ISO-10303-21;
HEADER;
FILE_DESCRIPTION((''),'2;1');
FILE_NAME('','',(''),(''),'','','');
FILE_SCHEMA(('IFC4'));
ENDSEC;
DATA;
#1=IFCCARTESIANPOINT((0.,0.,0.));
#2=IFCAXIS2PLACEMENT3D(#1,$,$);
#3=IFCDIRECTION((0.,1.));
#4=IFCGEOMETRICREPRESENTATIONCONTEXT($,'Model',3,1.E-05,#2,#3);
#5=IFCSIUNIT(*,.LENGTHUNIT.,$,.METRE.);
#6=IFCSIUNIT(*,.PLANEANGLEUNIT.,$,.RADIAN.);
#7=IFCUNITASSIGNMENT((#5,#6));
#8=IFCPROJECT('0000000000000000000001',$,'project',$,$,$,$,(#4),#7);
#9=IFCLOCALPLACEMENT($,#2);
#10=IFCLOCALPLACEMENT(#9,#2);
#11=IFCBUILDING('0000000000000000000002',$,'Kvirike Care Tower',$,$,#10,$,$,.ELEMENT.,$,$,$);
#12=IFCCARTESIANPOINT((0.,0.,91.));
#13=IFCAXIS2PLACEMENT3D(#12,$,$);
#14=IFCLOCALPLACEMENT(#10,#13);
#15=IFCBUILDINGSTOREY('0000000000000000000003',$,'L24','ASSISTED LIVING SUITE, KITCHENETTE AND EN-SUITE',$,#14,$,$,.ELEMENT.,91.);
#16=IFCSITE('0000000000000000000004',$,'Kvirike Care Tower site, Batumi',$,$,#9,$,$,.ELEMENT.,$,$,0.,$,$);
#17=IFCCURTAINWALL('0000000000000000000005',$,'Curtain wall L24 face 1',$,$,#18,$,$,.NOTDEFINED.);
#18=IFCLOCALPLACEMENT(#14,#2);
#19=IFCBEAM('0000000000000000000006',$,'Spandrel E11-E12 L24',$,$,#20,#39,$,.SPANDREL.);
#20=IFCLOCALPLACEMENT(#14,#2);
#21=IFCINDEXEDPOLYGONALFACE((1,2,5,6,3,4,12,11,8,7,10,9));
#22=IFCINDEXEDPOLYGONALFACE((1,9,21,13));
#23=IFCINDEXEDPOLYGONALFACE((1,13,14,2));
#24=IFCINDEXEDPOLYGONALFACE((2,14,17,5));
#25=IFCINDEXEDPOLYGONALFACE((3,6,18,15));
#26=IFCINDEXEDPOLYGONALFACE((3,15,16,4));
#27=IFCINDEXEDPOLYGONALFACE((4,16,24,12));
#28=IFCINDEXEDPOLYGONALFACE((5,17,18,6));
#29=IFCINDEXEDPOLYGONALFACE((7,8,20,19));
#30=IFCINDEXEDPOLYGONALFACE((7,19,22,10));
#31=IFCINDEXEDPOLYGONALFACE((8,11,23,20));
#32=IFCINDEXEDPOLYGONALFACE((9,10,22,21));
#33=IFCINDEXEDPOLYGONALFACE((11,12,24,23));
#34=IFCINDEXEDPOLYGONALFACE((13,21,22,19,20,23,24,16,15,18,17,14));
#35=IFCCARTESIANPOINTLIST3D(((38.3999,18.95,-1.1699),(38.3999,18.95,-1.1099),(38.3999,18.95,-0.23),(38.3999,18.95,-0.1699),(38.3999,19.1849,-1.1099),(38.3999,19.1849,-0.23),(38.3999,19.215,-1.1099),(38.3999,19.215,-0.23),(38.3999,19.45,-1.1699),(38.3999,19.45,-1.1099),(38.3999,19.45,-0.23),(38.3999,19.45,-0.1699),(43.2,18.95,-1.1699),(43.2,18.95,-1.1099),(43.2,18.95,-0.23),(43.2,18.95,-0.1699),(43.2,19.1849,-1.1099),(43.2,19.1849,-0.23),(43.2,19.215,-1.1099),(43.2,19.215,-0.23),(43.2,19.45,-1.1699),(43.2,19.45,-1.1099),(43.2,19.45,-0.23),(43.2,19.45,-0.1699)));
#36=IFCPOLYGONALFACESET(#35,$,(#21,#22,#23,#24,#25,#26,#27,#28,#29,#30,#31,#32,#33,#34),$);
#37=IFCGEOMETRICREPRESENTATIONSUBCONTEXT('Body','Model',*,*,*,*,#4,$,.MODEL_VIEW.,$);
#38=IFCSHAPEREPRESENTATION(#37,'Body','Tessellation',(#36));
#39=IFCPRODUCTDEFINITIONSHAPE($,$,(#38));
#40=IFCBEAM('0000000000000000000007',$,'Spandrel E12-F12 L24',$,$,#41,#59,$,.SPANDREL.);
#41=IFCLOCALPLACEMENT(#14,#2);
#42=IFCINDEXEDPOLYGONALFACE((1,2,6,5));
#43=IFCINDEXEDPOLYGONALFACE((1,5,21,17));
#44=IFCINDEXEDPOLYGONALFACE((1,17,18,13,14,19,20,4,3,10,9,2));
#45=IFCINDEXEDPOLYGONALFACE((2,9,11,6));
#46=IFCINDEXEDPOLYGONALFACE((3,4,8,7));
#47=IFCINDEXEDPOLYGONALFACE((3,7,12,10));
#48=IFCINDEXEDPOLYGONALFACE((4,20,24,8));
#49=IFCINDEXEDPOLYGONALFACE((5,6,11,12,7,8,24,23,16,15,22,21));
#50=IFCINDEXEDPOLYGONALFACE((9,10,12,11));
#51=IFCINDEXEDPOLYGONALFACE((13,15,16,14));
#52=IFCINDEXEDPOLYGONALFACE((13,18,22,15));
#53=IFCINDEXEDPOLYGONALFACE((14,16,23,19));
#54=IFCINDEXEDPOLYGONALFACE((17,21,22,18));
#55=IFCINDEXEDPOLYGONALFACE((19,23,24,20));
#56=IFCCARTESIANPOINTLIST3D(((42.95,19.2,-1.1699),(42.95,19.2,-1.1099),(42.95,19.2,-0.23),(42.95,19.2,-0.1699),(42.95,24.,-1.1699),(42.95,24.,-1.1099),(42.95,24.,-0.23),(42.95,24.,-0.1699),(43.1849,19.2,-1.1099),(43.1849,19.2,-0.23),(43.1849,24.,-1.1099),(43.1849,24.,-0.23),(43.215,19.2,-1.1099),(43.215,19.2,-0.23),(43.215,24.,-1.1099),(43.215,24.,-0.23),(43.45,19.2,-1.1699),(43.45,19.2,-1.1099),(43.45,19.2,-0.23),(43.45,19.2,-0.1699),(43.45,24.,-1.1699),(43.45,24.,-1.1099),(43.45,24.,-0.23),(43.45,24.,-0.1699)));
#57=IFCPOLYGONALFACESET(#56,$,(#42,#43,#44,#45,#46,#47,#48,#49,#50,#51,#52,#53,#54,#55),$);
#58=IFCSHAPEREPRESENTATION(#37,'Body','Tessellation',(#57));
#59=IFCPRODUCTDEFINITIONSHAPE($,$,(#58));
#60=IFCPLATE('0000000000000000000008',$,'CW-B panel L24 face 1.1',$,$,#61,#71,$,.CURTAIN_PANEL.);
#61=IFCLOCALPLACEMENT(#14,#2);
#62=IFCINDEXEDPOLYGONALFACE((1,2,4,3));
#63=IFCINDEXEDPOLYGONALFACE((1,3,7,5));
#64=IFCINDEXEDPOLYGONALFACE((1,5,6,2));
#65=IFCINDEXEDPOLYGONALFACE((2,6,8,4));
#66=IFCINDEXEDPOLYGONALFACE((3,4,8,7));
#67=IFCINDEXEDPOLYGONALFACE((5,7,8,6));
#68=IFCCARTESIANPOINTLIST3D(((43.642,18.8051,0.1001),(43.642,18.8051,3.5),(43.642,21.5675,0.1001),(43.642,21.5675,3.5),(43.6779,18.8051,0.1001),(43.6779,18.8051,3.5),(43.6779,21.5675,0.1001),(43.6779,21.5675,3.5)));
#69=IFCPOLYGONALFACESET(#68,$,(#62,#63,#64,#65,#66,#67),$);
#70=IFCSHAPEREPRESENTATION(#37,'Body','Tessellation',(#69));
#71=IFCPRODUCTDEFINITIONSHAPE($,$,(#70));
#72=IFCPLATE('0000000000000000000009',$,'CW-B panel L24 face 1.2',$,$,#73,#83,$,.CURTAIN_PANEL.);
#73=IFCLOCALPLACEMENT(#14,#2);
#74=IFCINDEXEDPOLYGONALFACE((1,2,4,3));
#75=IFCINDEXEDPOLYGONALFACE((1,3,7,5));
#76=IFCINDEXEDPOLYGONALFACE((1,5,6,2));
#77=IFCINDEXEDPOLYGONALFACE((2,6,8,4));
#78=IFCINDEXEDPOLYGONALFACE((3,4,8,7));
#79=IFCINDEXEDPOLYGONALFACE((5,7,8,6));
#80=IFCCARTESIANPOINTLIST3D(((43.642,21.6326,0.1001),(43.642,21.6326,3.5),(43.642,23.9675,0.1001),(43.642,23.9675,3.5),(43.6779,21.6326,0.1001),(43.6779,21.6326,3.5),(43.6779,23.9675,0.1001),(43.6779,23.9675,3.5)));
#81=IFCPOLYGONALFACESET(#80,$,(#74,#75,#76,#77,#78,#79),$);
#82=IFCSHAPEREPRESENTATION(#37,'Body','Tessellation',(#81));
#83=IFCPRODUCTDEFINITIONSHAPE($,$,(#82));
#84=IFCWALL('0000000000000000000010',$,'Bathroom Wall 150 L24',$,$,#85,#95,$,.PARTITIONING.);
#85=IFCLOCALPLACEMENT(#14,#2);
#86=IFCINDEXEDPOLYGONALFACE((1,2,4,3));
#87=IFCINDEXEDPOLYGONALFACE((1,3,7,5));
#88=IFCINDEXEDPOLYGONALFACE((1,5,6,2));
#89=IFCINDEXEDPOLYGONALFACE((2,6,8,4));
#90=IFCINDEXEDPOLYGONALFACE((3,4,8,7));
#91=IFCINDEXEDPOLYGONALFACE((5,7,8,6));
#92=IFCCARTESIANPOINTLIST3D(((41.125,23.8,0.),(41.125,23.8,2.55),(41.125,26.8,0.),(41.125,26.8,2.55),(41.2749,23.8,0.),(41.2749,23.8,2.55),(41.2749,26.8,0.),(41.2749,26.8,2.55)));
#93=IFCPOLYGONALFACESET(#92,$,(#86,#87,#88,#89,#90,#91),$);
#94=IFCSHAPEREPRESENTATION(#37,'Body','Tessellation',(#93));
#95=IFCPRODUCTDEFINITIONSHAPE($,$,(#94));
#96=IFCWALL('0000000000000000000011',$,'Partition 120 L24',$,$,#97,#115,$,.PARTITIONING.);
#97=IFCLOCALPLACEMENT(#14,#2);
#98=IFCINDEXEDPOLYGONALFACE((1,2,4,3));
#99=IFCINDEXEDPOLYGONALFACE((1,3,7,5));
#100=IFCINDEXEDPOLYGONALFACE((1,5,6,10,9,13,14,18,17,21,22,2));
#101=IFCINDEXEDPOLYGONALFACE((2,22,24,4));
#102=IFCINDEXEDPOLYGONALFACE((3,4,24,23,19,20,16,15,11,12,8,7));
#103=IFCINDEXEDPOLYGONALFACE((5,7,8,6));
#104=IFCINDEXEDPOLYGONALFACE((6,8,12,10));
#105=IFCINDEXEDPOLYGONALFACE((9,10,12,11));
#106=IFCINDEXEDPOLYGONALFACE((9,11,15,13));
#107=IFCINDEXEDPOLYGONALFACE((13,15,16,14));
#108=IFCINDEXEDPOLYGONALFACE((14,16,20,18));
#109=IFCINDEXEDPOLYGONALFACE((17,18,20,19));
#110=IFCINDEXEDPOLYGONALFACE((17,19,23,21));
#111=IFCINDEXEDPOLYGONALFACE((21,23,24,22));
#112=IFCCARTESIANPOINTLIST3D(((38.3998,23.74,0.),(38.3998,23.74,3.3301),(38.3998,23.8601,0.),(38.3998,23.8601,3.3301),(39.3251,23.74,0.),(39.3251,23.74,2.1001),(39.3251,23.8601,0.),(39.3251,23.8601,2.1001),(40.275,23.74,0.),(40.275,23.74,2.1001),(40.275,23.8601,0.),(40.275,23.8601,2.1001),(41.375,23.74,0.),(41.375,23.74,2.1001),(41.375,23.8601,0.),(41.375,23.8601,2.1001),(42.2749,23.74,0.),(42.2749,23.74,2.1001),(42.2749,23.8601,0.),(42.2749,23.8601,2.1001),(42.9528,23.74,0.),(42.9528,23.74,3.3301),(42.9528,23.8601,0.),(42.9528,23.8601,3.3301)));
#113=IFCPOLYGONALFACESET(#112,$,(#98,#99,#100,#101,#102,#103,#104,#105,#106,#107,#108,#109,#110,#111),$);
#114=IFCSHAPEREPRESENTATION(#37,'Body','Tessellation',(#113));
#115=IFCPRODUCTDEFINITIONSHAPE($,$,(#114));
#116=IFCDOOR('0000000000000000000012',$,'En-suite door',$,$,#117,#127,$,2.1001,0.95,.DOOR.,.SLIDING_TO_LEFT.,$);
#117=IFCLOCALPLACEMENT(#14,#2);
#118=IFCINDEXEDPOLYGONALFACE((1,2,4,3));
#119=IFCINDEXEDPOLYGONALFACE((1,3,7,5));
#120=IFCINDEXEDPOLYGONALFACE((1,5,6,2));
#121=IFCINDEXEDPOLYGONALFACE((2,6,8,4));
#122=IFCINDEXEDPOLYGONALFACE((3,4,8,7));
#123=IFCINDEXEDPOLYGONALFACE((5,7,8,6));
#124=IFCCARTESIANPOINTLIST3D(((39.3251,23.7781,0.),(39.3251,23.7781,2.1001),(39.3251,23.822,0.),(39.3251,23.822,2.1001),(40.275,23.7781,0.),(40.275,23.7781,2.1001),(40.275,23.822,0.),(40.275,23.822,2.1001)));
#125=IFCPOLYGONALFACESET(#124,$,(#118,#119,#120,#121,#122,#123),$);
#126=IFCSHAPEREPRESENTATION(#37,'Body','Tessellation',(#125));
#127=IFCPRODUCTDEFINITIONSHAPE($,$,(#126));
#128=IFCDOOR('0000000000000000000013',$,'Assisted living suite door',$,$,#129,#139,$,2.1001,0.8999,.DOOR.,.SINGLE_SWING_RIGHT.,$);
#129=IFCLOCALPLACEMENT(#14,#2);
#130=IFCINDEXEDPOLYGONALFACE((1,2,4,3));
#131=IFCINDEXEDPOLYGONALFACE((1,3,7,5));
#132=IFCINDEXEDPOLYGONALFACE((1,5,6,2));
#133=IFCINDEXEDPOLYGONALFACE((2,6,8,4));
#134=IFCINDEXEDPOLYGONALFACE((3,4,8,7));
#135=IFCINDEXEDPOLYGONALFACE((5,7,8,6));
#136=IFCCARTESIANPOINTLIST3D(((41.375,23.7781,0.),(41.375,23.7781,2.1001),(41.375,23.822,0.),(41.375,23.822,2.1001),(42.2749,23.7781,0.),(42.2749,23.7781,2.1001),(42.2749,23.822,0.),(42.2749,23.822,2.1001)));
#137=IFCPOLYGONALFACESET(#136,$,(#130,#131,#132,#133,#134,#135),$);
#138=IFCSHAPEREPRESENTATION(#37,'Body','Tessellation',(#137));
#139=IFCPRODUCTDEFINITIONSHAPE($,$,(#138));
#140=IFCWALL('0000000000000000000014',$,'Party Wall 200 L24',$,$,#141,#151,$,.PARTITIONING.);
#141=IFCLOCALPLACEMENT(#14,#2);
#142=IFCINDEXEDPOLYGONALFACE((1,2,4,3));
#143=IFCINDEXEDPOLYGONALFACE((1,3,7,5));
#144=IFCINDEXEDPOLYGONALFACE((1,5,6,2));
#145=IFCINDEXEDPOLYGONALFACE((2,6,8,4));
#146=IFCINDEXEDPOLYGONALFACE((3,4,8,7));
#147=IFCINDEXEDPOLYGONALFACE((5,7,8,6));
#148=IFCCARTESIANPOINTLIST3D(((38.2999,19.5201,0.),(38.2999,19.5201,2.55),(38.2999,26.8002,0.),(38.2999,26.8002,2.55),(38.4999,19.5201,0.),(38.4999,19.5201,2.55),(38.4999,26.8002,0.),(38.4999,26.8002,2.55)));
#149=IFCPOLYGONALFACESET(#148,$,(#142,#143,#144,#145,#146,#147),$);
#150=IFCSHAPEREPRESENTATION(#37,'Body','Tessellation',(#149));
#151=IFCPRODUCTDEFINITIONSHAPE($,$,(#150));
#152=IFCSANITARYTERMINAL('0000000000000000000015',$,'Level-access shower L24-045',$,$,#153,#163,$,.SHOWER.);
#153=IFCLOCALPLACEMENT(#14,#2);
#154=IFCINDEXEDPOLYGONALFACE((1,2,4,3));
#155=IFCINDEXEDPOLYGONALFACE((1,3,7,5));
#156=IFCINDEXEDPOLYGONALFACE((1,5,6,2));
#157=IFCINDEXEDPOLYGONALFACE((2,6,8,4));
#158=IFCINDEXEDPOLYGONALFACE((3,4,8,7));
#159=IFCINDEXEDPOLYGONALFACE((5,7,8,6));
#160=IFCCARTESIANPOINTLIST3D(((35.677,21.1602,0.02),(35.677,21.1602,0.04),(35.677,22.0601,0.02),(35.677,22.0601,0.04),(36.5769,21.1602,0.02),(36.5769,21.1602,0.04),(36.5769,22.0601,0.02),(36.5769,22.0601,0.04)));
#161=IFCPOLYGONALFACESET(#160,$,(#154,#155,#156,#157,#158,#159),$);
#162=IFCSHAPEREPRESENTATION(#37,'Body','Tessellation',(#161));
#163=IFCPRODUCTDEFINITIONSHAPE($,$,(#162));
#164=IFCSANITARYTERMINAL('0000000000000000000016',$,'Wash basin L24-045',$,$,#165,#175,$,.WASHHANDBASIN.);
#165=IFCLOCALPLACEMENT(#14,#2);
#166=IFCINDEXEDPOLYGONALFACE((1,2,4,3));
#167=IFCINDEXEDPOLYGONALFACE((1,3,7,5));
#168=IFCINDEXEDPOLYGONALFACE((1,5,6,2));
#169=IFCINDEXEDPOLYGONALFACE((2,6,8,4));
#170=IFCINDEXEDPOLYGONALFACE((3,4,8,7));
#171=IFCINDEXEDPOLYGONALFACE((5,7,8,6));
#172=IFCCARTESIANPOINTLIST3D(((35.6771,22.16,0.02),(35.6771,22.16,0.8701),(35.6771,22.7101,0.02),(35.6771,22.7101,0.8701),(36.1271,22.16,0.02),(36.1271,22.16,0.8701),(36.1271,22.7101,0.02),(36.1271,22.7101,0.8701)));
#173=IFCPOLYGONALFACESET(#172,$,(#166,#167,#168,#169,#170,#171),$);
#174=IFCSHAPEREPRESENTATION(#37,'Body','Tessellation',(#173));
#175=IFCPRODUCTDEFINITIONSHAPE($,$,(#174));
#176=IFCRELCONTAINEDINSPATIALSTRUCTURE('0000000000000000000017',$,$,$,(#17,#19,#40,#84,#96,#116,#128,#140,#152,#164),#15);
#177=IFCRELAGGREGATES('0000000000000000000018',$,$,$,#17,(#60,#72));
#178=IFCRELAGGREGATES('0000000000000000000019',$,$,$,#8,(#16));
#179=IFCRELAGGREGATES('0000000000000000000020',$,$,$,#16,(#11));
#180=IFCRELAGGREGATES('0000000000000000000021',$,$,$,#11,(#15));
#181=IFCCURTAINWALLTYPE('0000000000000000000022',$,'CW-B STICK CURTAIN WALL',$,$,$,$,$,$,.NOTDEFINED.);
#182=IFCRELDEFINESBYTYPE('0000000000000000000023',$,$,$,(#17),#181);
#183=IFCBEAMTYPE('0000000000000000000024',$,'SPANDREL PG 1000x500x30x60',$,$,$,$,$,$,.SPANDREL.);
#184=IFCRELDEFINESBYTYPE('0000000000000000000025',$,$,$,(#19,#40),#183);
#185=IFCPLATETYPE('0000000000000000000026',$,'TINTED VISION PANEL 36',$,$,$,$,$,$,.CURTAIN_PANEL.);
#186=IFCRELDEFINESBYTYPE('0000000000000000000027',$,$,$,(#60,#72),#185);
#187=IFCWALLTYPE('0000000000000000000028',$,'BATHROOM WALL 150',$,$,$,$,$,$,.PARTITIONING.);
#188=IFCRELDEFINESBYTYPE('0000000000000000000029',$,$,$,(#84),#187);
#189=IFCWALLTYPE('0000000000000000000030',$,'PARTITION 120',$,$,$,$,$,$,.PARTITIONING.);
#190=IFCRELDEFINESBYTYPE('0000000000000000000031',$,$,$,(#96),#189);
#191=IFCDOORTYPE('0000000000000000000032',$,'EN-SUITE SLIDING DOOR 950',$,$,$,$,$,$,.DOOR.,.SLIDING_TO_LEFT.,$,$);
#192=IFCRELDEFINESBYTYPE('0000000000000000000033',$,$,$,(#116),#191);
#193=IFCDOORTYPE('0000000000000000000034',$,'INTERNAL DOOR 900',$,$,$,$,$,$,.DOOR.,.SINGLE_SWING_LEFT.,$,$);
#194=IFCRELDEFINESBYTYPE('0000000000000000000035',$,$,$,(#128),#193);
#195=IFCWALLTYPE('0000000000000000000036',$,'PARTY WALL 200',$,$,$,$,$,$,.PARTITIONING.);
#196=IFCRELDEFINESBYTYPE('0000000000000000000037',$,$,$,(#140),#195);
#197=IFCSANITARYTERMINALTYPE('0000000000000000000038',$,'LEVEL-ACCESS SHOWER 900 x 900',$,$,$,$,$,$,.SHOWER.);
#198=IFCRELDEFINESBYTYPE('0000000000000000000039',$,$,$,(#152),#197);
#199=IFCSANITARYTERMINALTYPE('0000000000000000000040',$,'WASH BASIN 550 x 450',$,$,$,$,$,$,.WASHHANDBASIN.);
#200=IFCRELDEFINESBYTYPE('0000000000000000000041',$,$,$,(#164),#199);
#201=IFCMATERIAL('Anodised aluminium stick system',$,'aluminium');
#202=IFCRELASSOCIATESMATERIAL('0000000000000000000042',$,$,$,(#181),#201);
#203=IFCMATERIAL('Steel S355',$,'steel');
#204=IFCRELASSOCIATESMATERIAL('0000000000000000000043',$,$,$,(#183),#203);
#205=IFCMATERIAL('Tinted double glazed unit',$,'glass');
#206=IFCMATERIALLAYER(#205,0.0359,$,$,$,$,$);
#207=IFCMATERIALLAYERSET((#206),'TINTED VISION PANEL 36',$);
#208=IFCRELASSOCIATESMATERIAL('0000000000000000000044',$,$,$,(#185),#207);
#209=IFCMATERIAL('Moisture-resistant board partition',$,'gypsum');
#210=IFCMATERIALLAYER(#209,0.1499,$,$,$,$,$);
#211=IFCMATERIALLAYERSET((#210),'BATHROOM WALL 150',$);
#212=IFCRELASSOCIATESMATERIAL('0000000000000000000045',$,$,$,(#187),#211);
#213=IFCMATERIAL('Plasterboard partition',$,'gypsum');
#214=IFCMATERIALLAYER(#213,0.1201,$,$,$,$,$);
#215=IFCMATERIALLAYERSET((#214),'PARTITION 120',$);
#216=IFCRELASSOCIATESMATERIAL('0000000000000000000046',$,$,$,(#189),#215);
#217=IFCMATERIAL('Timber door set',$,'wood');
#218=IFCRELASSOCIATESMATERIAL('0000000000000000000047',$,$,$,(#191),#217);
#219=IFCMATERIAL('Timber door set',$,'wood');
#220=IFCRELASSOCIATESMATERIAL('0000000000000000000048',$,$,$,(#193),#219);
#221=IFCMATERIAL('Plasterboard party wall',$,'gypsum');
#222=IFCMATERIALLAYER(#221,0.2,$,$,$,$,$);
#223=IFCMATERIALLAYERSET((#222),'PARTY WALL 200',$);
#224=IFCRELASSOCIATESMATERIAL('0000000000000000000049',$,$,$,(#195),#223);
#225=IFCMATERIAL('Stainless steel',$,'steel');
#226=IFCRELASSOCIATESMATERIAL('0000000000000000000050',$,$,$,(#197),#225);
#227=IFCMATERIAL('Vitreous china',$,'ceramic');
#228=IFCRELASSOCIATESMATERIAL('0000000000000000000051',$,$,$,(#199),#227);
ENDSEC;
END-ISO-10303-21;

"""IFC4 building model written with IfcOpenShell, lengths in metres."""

from ifc_helpers import new_model, si_unit, direction, frame, frame_2d, origin, origin_2d, place, context, subcontext, project, spatial, rectangle, i_section, extrude, material, layer, layer_set, material_profile, profile_set, type_object, element, fill, aggregate, save


model = new_model("IFC4")

# Units and contexts
model_context = context("Model", 3, precision=1e-05, world=origin(), true_north=direction((0.0, 1.0)))
body_context = subcontext(model_context, "Body", "Model", "MODEL_VIEW")
ifc_project = project(units=[si_unit("LENGTHUNIT", "METRE"), si_unit("PLANEANGLEUNIT", "RADIAN")], contexts=[model_context])

# Site, building, storey
site_placement = place(None, origin())
site = spatial("IfcSite", under=ifc_project, at=site_placement, Name="Kvirike Care Tower site, Batumi", CompositionType="ELEMENT", RefElevation=0.0)
building_placement = place(site_placement, origin())
building = spatial("IfcBuilding", under=site, at=building_placement, Name="Kvirike Care Tower", CompositionType="ELEMENT")
storey_placement = place(building_placement, frame((0.0, 0.0, 91.0)))
storey = spatial("IfcBuildingStorey", under=building, at=storey_placement, Name="L24", Description="ASSISTED LIVING SUITE, KITCHENETTE AND EN-SUITE", CompositionType="ELEMENT", Elevation=91.0)

# Curtain wall
ifc_material_1 = material(Name="Anodised aluminium stick system", Category="aluminium")
curtain_wall_type = type_object("IfcCurtainWallType", Name="CW-B STICK CURTAIN WALL", PredefinedType="NOTDEFINED", material=ifc_material_1)
curtain_wall_1_placement = place(storey_placement, origin())
curtain_wall_1 = element("IfcCurtainWall", 1, at=curtain_wall_1_placement, inside=storey, type_object=curtain_wall_type, Name="Curtain wall L24 face 1", PredefinedType="NOTDEFINED")

# Beams
ifc_material_2 = material(Name="Steel S355", Category="steel")
ifc_material_profile_1 = material_profile(ifc_material_2, i_section(OverallWidth=0.5, OverallDepth=1.0, WebThickness=0.03, FlangeThickness=0.0601, at=origin_2d()), Name="PG 1000x500x30x60")
ifc_profile_set_1 = profile_set([ifc_material_profile_1], Name="Steel S355")
beam_type = type_object("IfcBeamType", Name="SPANDREL PG 1000x500x30x60", PredefinedType="SPANDREL", material=ifc_profile_set_1)
for number, where, z_axis, x_axis, name in (
    (2, (38.3999, 19.2, -0.6699), (1.0, 0.0, 0.0), (0.0, 1.0, 0.0), "Spandrel E11-E12 L24"),
    (3, (43.2, 19.2, -0.6699), (0.0, 1.0, 0.0), (-1.0, 0.0, 0.0), "Spandrel E12-F12 L24"),
):
    element("IfcBeam", number, at=place(storey_placement, frame(where, z_axis=z_axis, x_axis=x_axis)), inside=storey, type_object=beam_type, Name=name, PredefinedType="SPANDREL", context=body_context, shape_type="SweptSolid", body=[
        extrude(i_section(OverallWidth=0.5, OverallDepth=1.0, WebThickness=0.03, FlangeThickness=0.0601, at=origin_2d()), origin(), (0.0, 0.0, 1.0), 4.8),
    ])

# Plates
ifc_material_3 = material(Name="Tinted double glazed unit", Category="glass")
ifc_layer_1 = layer(ifc_material_3, 0.0359)
ifc_layer_set_1 = layer_set([ifc_layer_1], Name="TINTED VISION PANEL 36")
plate_type = type_object("IfcPlateType", Name="TINTED VISION PANEL 36", PredefinedType="CURTAIN_PANEL", material=ifc_layer_set_1)
plate_1_placement = place(storey_placement, frame((43.6599, 20.1863, 0.1001), z_axis=(0.0, 0.0, 1.0), x_axis=(0.0, 1.0, 0.0)))
plate_1 = element("IfcPlate", 4, at=plate_1_placement, type_object=plate_type, Name="CW-B panel L24 face 1.1", PredefinedType="CURTAIN_PANEL", context=body_context, shape_type="SweptSolid", body=[
    extrude(rectangle(XDim=2.7625, YDim=0.0359, at=origin_2d()), origin(), (0.0, 0.0, 1.0), 3.3999),
])
plate_2_placement = place(storey_placement, frame((43.6599, 22.8, 0.1001), z_axis=(0.0, 0.0, 1.0), x_axis=(0.0, 1.0, 0.0)))
plate_2 = element("IfcPlate", 5, at=plate_2_placement, type_object=plate_type, Name="CW-B panel L24 face 1.2", PredefinedType="CURTAIN_PANEL", context=body_context, shape_type="SweptSolid", body=[
    extrude(rectangle(XDim=2.335, YDim=0.0359, at=origin_2d()), origin(), (0.0, 0.0, 1.0), 3.3999),
])
aggregate(curtain_wall_1, [plate_1, plate_2])

# Wall
ifc_material_4 = material(Name="Moisture-resistant board partition", Category="gypsum")
ifc_layer_2 = layer(ifc_material_4, 0.1499)
ifc_layer_set_2 = layer_set([ifc_layer_2], Name="BATHROOM WALL 150")
wall_type_1 = type_object("IfcWallType", Name="BATHROOM WALL 150", PredefinedType="PARTITIONING", material=ifc_layer_set_2)
wall_1_placement = place(storey_placement, frame((41.2, 23.8, 0.0), z_axis=(0.0, 0.0, 1.0), x_axis=(0.0, 1.0, 0.0)))
element("IfcWall", 6, at=wall_1_placement, inside=storey, type_object=wall_type_1, Name="Bathroom Wall 150 L24", PredefinedType="PARTITIONING", context=body_context, shape_type="SweptSolid", body=[
    extrude(rectangle(XDim=3.0, YDim=0.1499, at=frame_2d((1.5, 0.0))), origin(), (0.0, 0.0, 1.0), 2.55),
])

# Wall, openings, doors
ifc_material_5 = material(Name="Plasterboard partition", Category="gypsum")
ifc_layer_3 = layer(ifc_material_5, 0.1201)
ifc_layer_set_3 = layer_set([ifc_layer_3], Name="PARTITION 120")
wall_type_2 = type_object("IfcWallType", Name="PARTITION 120", PredefinedType="PARTITIONING", material=ifc_layer_set_3)
wall_2_placement = place(storey_placement, frame((38.3999, 23.8, 0.0), z_axis=(0.0, 0.0, 1.0), x_axis=(1.0, 0.0, 0.0)))
wall_2 = element("IfcWall", 7, at=wall_2_placement, inside=storey, type_object=wall_type_2, Name="Partition 120 L24", PredefinedType="PARTITIONING", context=body_context, shape_type="SweptSolid", body=[
    extrude(rectangle(XDim=4.553, YDim=0.1201, at=frame_2d((2.2764, 0.0))), origin(), (0.0, 0.0, 1.0), 3.3301),
])
opening_1_placement = place(wall_2_placement, frame((2.9751, 0.0, 0.0)))
opening_1 = element("IfcOpeningElement", 8, at=opening_1_placement, cuts=wall_2, PredefinedType="OPENING", context=body_context, shape_type="SweptSolid", body=[
    extrude(rectangle(XDim=0.8999, YDim=2.1001, at=frame_2d((0.45, 1.05))), frame((0.0, 0.0706, 0.0), z_axis=(0.0, -1.0, 0.0), x_axis=(1.0, 0.0, 0.0)), (0.0, 0.0, 1.0), 0.1411),
])
opening_2_placement = place(wall_2_placement, frame((0.925, 0.0, 0.0)))
opening_2 = element("IfcOpeningElement", 9, at=opening_2_placement, cuts=wall_2, PredefinedType="OPENING", context=body_context, shape_type="SweptSolid", body=[
    extrude(rectangle(XDim=0.95, YDim=2.1001, at=frame_2d((0.4751, 1.05))), frame((0.0, 0.0706, 0.0), z_axis=(0.0, -1.0, 0.0), x_axis=(1.0, 0.0, 0.0)), (0.0, 0.0, 1.0), 0.1411),
])
ifc_material_6 = material(Name="Timber door set", Category="wood")
door_type_1 = type_object("IfcDoorType", Name="EN-SUITE SLIDING DOOR 950", OperationType="SLIDING_TO_LEFT", PredefinedType="DOOR", material=ifc_material_6)
door_1_placement = place(opening_2_placement, origin())
door_1 = element("IfcDoor", 10, at=door_1_placement, inside=storey, type_object=door_type_1, Name="En-suite door", OperationType="SLIDING_TO_LEFT", OverallHeight=2.1001, OverallWidth=0.95, PredefinedType="DOOR", context=body_context, shape_type="SweptSolid", body=[
    extrude(rectangle(XDim=0.95, YDim=2.1001, at=frame_2d((0.4751, 1.05))), frame((0.0, 0.022, 0.0), z_axis=(0.0, -1.0, 0.0), x_axis=(1.0, 0.0, 0.0)), (0.0, 0.0, 1.0), 0.0439),
])
fill(opening_2, door_1)
ifc_material_7 = material(Name="Timber door set", Category="wood")
door_type_2 = type_object("IfcDoorType", Name="INTERNAL DOOR 900", OperationType="SINGLE_SWING_LEFT", PredefinedType="DOOR", material=ifc_material_7)
door_2_placement = place(opening_1_placement, origin())
door_2 = element("IfcDoor", 11, at=door_2_placement, inside=storey, type_object=door_type_2, Name="Assisted living suite door", OperationType="SINGLE_SWING_RIGHT", OverallHeight=2.1001, OverallWidth=0.8999, PredefinedType="DOOR", context=body_context, shape_type="SweptSolid", body=[
    extrude(rectangle(XDim=0.8999, YDim=2.1001, at=frame_2d((0.45, 1.05))), frame((0.0, 0.022, 0.0), z_axis=(0.0, -1.0, 0.0), x_axis=(1.0, 0.0, 0.0)), (0.0, 0.0, 1.0), 0.0439),
])
fill(opening_1, door_2)

# Wall
ifc_material_8 = material(Name="Plasterboard party wall", Category="gypsum")
ifc_layer_4 = layer(ifc_material_8, 0.2)
ifc_layer_set_4 = layer_set([ifc_layer_4], Name="PARTY WALL 200")
wall_type_3 = type_object("IfcWallType", Name="PARTY WALL 200", PredefinedType="PARTITIONING", material=ifc_layer_set_4)
wall_3_placement = place(storey_placement, frame((38.3999, 19.52, 0.0), z_axis=(0.0, 0.0, 1.0), x_axis=(0.0, 1.0, 0.0)))
element("IfcWall", 12, at=wall_3_placement, inside=storey, type_object=wall_type_3, Name="Party Wall 200 L24", PredefinedType="PARTITIONING", context=body_context, shape_type="SweptSolid", body=[
    extrude(rectangle(XDim=7.28, YDim=0.2, at=frame_2d((3.6401, 0.0))), origin(), (0.0, 0.0, 1.0), 2.55),
])

# Sanitary terminals
ifc_material_9 = material(Name="Stainless steel", Category="steel")
sanitary_terminal_type_1 = type_object("IfcSanitaryTerminalType", Name="LEVEL-ACCESS SHOWER 900 x 900", PredefinedType="SHOWER", material=ifc_material_9)
sanitary_terminal_1_placement = place(storey_placement, frame((36.127, 21.6101, 0.02), z_axis=(0.0, 0.0, 1.0), x_axis=(0.0, 1.0, 0.0)))
element("IfcSanitaryTerminal", 13, at=sanitary_terminal_1_placement, inside=storey, type_object=sanitary_terminal_type_1, Name="Level-access shower L24-045", PredefinedType="SHOWER", context=body_context, shape_type="SweptSolid", body=[
    extrude(rectangle(XDim=0.8999, YDim=0.8999, at=origin_2d()), origin(), (0.0, 0.0, 1.0), 0.02),
])
ifc_material_10 = material(Name="Vitreous china", Category="ceramic")
sanitary_terminal_type_2 = type_object("IfcSanitaryTerminalType", Name="WASH BASIN 550 x 450", PredefinedType="WASHHANDBASIN", material=ifc_material_10)
sanitary_terminal_2_placement = place(storey_placement, frame((35.9021, 22.4351, 0.02), z_axis=(0.0, 0.0, 1.0), x_axis=(0.0, 1.0, 0.0)))
element("IfcSanitaryTerminal", 14, at=sanitary_terminal_2_placement, inside=storey, type_object=sanitary_terminal_type_2, Name="Wash basin L24-045", PredefinedType="WASHHANDBASIN", context=body_context, shape_type="SweptSolid", body=[
    extrude(rectangle(XDim=0.55, YDim=0.45, at=origin_2d()), origin(), (0.0, 0.0, 1.0), 0.8501),
])

save(model, "model.ifc")
